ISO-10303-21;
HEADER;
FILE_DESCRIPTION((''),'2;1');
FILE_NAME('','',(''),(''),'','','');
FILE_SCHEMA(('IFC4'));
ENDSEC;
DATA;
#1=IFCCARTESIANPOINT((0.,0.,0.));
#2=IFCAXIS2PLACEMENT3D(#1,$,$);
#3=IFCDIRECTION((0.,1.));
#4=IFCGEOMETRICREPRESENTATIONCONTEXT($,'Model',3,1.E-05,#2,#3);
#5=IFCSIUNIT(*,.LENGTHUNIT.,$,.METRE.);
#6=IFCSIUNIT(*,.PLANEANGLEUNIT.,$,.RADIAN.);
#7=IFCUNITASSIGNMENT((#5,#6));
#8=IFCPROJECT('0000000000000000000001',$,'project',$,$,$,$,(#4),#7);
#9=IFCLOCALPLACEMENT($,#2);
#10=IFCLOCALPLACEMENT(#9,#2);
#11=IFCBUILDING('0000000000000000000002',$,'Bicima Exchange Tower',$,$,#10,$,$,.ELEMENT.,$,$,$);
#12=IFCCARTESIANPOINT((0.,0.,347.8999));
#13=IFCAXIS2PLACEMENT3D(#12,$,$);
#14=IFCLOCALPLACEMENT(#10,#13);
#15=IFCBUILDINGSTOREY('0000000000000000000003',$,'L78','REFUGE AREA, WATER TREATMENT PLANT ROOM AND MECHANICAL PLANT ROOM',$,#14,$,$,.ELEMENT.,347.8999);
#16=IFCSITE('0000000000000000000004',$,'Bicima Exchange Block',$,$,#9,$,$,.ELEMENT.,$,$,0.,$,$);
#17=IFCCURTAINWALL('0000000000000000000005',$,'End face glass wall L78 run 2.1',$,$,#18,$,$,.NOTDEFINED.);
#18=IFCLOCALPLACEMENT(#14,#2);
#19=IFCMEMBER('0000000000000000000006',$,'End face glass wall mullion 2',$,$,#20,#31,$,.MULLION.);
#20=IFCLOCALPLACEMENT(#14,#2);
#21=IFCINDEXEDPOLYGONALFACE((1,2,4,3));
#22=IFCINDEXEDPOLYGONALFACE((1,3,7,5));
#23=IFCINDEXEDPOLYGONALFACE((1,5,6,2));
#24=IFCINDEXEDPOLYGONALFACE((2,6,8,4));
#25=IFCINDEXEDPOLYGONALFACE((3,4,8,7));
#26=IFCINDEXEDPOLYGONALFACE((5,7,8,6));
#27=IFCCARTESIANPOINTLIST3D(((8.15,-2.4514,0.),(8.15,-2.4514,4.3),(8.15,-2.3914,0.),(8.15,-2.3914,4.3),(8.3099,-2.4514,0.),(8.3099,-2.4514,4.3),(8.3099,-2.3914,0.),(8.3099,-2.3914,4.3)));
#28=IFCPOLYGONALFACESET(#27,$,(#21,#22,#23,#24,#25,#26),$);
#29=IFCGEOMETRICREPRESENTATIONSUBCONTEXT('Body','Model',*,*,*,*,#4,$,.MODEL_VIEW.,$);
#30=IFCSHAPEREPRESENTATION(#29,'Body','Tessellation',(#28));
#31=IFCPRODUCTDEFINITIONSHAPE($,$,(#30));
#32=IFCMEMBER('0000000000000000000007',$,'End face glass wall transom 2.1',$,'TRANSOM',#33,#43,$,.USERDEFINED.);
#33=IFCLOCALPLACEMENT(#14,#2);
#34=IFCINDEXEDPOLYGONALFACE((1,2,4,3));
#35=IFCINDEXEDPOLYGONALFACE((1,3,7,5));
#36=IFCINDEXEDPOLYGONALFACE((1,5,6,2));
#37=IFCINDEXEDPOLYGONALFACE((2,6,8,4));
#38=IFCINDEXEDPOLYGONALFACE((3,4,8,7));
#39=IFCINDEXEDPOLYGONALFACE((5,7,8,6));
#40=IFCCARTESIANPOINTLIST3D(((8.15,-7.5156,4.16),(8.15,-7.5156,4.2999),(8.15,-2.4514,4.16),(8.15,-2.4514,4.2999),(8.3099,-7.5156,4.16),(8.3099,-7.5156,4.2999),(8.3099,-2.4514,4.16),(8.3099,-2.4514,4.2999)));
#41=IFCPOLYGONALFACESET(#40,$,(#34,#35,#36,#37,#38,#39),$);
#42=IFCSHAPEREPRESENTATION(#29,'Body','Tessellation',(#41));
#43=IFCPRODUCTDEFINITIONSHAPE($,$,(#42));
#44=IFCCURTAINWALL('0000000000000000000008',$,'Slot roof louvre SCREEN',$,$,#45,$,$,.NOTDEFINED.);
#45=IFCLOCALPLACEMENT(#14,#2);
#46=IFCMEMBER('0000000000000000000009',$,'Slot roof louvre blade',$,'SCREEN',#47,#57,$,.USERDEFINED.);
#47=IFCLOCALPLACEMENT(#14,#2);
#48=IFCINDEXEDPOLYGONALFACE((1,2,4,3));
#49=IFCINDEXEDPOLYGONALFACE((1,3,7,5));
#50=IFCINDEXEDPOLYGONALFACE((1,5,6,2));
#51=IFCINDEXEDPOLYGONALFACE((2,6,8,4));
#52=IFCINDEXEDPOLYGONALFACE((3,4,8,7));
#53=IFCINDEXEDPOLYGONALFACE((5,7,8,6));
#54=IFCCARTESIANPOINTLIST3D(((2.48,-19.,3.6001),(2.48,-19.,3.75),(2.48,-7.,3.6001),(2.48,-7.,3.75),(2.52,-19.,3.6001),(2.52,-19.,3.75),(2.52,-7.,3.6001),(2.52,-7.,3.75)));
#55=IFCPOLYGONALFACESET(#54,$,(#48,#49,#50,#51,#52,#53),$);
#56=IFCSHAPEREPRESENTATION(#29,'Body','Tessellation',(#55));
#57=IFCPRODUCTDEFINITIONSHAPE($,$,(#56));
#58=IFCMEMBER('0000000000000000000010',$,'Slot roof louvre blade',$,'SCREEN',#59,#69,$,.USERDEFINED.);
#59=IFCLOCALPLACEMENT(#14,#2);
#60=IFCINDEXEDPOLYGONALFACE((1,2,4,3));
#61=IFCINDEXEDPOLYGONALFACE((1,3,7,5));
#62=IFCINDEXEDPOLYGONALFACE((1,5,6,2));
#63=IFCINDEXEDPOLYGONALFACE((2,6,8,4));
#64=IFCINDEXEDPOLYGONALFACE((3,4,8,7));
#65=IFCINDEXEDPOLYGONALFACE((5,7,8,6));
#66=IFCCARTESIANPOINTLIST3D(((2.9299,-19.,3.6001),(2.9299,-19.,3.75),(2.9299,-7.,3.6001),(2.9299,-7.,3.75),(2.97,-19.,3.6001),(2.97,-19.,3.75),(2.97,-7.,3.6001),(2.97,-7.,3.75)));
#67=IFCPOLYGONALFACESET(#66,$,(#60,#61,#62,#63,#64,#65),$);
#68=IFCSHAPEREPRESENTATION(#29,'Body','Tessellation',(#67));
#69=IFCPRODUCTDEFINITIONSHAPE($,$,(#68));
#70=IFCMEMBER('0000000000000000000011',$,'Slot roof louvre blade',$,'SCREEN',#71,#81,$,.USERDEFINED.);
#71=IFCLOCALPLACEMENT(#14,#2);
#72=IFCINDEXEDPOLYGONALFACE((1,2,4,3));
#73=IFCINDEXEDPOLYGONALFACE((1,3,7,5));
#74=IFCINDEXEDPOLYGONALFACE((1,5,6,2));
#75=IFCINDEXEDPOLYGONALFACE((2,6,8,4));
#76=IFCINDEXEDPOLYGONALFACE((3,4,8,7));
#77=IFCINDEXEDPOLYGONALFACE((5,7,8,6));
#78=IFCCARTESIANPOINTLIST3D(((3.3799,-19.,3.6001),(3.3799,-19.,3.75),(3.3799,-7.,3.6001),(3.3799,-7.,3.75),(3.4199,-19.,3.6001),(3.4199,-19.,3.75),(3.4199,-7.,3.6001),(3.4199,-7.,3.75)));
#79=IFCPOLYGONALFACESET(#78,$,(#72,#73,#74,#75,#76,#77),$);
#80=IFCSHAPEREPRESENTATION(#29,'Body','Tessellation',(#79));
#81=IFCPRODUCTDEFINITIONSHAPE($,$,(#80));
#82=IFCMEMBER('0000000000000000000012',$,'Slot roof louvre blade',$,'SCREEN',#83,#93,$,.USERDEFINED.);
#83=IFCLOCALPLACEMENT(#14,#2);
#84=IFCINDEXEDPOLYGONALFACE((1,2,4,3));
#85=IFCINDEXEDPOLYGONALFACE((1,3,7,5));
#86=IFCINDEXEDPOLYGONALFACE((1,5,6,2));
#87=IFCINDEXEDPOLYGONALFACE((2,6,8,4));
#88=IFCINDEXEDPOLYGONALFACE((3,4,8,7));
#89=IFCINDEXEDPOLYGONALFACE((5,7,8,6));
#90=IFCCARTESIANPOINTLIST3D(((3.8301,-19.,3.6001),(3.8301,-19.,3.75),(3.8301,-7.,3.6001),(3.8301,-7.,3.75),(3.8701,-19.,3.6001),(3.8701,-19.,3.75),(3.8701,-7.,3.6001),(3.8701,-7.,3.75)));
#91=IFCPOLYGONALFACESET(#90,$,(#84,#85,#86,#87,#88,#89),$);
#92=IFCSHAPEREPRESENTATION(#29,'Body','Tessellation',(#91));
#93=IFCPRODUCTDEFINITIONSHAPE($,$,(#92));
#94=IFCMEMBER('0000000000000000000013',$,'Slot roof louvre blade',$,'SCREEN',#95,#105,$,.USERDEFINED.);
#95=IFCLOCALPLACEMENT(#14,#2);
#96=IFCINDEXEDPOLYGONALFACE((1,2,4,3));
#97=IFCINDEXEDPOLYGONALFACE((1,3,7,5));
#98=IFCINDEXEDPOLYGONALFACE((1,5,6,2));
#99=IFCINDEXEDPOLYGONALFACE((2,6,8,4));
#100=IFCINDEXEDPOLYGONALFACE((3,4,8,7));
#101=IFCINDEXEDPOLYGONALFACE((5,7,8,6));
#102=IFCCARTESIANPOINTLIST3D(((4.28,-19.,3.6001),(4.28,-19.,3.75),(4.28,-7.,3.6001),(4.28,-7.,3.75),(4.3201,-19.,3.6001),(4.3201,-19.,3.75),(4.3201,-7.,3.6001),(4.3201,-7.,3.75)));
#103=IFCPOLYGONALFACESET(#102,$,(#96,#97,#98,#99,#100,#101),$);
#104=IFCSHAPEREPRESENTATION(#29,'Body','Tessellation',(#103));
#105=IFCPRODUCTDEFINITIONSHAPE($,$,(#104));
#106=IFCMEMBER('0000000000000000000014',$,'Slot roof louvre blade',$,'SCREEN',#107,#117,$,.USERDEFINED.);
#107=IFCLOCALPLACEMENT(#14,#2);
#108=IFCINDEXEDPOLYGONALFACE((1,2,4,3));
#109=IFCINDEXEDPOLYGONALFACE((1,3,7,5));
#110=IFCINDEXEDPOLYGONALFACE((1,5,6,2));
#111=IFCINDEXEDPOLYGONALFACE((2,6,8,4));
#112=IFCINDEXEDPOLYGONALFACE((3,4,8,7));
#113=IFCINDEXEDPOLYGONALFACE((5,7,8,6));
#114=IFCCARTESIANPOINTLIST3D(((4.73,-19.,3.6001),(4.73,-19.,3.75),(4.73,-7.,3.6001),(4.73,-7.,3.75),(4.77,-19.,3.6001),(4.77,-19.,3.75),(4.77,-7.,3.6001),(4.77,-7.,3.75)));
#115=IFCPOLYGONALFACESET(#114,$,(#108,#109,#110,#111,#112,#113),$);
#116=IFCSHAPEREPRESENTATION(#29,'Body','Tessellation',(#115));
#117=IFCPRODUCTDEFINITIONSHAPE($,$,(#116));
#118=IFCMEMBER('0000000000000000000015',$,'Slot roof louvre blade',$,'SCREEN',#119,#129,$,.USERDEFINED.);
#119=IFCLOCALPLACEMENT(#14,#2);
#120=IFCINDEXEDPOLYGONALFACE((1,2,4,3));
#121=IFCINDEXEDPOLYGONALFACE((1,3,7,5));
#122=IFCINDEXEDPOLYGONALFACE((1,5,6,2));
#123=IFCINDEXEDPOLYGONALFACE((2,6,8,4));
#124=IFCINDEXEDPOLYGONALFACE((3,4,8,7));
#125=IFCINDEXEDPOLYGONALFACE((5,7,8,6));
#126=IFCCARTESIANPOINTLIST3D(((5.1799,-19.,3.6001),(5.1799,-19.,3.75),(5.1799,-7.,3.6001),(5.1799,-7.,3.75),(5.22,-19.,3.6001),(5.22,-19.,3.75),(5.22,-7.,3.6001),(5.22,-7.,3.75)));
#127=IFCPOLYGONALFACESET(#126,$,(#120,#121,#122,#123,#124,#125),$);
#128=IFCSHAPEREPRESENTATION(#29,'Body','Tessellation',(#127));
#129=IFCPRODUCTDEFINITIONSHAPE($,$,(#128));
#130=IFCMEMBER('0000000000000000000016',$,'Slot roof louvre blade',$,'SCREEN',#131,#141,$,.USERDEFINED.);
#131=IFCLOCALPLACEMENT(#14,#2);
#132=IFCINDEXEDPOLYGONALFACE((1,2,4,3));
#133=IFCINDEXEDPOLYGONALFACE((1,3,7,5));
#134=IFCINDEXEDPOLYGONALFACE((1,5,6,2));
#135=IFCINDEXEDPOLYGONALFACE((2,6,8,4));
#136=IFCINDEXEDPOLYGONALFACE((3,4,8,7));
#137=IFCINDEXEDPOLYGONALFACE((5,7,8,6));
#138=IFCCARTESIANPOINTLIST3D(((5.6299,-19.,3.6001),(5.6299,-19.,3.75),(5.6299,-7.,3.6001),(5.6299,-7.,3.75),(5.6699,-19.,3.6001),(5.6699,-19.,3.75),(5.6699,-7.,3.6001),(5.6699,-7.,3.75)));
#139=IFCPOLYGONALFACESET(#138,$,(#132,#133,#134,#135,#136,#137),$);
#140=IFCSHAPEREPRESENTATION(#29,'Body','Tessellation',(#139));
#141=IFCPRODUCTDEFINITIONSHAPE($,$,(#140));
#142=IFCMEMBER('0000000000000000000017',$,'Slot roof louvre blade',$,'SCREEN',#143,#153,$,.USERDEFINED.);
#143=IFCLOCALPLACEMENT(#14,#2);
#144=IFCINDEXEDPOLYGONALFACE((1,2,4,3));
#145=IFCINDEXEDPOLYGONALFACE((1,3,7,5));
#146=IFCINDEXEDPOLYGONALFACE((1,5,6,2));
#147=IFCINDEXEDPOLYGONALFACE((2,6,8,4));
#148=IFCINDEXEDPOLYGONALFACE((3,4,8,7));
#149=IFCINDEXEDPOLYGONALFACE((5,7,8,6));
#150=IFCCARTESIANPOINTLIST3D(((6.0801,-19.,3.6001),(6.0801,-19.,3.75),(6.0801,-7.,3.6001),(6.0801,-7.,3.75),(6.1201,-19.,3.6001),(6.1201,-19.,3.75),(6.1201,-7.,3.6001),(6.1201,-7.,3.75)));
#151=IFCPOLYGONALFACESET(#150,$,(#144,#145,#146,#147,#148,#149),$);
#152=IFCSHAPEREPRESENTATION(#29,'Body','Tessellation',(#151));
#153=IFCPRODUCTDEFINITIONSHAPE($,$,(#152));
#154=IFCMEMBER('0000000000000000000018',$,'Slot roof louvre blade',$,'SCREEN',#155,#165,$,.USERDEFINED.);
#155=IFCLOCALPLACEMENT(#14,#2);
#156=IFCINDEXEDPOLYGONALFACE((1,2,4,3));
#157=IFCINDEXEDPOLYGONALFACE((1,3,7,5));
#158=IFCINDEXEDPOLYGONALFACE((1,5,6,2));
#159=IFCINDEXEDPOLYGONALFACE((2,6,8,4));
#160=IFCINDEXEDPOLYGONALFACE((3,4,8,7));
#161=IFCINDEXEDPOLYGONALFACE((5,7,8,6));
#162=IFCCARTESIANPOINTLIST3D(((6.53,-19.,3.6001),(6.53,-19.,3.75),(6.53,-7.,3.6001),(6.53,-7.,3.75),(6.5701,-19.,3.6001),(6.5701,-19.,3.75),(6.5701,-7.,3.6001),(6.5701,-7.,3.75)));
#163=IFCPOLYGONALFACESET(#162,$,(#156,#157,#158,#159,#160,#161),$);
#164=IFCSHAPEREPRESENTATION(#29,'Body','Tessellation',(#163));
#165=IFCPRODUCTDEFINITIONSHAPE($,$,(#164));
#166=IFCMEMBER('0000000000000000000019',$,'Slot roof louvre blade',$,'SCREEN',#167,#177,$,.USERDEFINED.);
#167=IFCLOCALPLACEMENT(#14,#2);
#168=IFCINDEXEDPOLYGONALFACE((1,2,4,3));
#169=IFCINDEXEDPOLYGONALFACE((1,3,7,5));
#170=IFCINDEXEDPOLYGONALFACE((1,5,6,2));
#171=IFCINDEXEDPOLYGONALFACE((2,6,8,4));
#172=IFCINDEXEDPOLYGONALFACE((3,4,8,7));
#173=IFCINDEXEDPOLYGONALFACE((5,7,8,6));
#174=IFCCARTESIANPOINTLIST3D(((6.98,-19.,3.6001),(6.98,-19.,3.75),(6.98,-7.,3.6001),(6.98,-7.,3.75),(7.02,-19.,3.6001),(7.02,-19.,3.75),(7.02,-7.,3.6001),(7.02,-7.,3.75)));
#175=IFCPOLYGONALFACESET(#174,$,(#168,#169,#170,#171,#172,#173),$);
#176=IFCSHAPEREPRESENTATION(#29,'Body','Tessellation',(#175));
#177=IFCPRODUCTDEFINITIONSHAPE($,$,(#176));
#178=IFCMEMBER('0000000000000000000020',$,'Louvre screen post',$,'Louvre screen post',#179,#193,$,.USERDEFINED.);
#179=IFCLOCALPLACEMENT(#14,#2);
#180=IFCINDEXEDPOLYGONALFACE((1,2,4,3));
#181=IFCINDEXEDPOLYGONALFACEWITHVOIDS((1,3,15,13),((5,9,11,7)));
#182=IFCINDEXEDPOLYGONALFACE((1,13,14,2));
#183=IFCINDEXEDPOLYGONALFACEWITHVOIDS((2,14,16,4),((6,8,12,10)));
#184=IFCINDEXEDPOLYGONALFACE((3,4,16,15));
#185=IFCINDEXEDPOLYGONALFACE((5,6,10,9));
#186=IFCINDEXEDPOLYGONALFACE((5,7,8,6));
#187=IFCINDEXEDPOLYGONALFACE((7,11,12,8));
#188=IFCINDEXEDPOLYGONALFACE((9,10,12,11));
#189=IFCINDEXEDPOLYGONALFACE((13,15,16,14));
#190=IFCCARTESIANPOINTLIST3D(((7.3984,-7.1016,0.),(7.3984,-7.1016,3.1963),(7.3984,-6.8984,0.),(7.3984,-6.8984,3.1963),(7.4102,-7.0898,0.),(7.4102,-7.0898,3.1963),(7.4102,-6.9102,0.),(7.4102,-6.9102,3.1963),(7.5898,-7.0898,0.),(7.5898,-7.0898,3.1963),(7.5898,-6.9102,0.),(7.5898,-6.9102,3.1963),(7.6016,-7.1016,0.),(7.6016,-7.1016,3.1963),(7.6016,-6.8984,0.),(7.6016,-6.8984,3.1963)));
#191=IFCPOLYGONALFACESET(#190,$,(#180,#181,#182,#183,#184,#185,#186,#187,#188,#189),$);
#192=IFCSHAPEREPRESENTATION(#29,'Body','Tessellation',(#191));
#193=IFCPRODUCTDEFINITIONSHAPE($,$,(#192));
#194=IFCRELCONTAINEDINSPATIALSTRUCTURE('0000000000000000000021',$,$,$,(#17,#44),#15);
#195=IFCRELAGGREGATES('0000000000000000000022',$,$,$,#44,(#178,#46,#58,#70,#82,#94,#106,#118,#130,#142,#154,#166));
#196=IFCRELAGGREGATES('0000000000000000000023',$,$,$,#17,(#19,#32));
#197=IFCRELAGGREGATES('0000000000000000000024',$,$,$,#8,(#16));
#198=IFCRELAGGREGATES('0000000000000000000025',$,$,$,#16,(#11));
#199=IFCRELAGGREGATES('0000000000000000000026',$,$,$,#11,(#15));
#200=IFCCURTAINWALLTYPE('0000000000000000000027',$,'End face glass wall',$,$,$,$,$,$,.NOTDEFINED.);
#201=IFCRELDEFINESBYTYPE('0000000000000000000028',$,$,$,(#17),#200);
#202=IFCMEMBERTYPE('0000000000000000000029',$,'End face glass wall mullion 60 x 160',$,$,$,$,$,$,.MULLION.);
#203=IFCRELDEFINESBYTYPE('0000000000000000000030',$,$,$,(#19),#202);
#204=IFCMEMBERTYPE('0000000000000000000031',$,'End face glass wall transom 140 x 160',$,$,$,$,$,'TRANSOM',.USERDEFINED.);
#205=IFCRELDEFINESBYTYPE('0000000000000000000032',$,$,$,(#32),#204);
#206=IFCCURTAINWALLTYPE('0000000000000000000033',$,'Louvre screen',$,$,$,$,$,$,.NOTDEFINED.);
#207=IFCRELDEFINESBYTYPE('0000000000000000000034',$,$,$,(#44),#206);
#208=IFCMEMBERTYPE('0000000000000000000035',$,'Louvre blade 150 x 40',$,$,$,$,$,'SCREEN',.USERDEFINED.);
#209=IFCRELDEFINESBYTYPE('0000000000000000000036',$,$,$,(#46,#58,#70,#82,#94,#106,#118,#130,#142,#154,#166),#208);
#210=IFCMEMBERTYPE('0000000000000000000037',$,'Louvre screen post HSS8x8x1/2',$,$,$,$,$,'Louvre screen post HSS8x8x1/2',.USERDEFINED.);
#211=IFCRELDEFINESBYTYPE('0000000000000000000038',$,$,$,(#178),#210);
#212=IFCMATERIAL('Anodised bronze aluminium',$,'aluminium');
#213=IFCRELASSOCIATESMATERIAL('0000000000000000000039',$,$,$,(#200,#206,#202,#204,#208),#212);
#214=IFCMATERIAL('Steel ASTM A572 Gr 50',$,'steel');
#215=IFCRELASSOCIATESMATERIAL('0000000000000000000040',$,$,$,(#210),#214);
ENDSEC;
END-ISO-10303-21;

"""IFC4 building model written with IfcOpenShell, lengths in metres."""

from ifc_helpers import new_model, si_unit, direction, frame, origin, origin_2d, place, context, subcontext, project, spatial, rectangle, hollow_rectangle, extrude, material, material_profile, profile_set, type_object, element, aggregate, save


model = new_model("IFC4")

# Units and contexts
model_context = context("Model", 3, precision=1e-05, world=origin(), true_north=direction((0.0, 1.0)))
body_context = subcontext(model_context, "Body", "Model", "MODEL_VIEW")
ifc_project = project(units=[si_unit("LENGTHUNIT", "METRE"), si_unit("PLANEANGLEUNIT", "RADIAN")], contexts=[model_context])

# Site, building, storey
site_placement = place(None, origin())
site = spatial("IfcSite", under=ifc_project, at=site_placement, Name="Bicima Exchange Block", CompositionType="ELEMENT", RefElevation=0.0)
building_placement = place(site_placement, origin())
building = spatial("IfcBuilding", under=site, at=building_placement, Name="Bicima Exchange Tower", CompositionType="ELEMENT")
storey_placement = place(building_placement, frame((0.0, 0.0, 347.8999)))
storey = spatial("IfcBuildingStorey", under=building, at=storey_placement, Name="L78", Description="REFUGE AREA, WATER TREATMENT PLANT ROOM AND MECHANICAL PLANT ROOM", CompositionType="ELEMENT", Elevation=347.8999)

# Curtain walls, members
ifc_material_1 = material(Name="Anodised bronze aluminium", Category="aluminium")
curtain_wall_type_1 = type_object("IfcCurtainWallType", Name="End face glass wall", PredefinedType="NOTDEFINED", material=ifc_material_1)
curtain_wall_1_placement = place(storey_placement, origin())
curtain_wall_1 = element("IfcCurtainWall", 1, at=curtain_wall_1_placement, inside=storey, type_object=curtain_wall_type_1, Name="End face glass wall L78 run 2.1", PredefinedType="NOTDEFINED")
ifc_material_profile_1 = material_profile(ifc_material_1, rectangle(XDim=0.1599, YDim=0.0601, at=origin_2d()))
ifc_profile_set_1 = profile_set([ifc_material_profile_1], Name="Anodised bronze aluminium")
member_type_1 = type_object("IfcMemberType", Name="End face glass wall mullion 60 x 160", PredefinedType="MULLION", material=ifc_profile_set_1)
member_1_placement = place(storey_placement, frame((8.23, -2.4214, 0.0), z_axis=(0.0, 0.0, 1.0), x_axis=(1.0, 0.0, 0.0)))
member_1 = element("IfcMember", 2, at=member_1_placement, type_object=member_type_1, Name="End face glass wall mullion 2", PredefinedType="MULLION", context=body_context, shape_type="SweptSolid", body=[
    extrude(rectangle(XDim=0.1599, YDim=0.0601, at=origin_2d()), origin(), (0.0, 0.0, 1.0), 4.3),
])
ifc_material_profile_2 = material_profile(ifc_material_1, rectangle(XDim=0.1599, YDim=0.1399, at=origin_2d()))
ifc_profile_set_2 = profile_set([ifc_material_profile_2], Name="Anodised bronze aluminium")
member_type_2 = type_object("IfcMemberType", Name="End face glass wall transom 140 x 160", ElementType="TRANSOM", PredefinedType="USERDEFINED", material=ifc_profile_set_2)
member_2_placement = place(storey_placement, frame((8.23, -2.4514, 4.23), z_axis=(0.0, -1.0, 0.0), x_axis=(1.0, 0.0, 0.0)))
member_2 = element("IfcMember", 3, at=member_2_placement, type_object=member_type_2, Name="End face glass wall transom 2.1", ObjectType="TRANSOM", PredefinedType="USERDEFINED", context=body_context, shape_type="SweptSolid", body=[
    extrude(rectangle(XDim=0.1599, YDim=0.1399, at=origin_2d()), origin(), (0.0, 0.0, 1.0), 5.0642),
])
curtain_wall_type_2 = type_object("IfcCurtainWallType", Name="Louvre screen", PredefinedType="NOTDEFINED", material=ifc_material_1)
curtain_wall_2_placement = place(storey_placement, origin())
curtain_wall_2 = element("IfcCurtainWall", 4, at=curtain_wall_2_placement, inside=storey, type_object=curtain_wall_type_2, Name="Slot roof louvre SCREEN", PredefinedType="NOTDEFINED")
ifc_material_profile_3 = material_profile(ifc_material_1, rectangle(XDim=0.04, YDim=0.1499, at=origin_2d()))
ifc_profile_set_3 = profile_set([ifc_material_profile_3], Name="Anodised bronze aluminium")
member_type_3 = type_object("IfcMemberType", Name="Louvre blade 150 x 40", ElementType="SCREEN", PredefinedType="USERDEFINED", material=ifc_profile_set_3)
member_3_placement = place(storey_placement, frame((2.5, -7.0, 3.675), z_axis=(0.0, -1.0, 0.0), x_axis=(1.0, 0.0, 0.0)))
member_3 = element("IfcMember", 5, at=member_3_placement, type_object=member_type_3, Name="Slot roof louvre blade", ObjectType="SCREEN", PredefinedType="USERDEFINED", context=body_context, shape_type="SweptSolid", body=[
    extrude(rectangle(XDim=0.04, YDim=0.1499, at=origin_2d()), origin(), (0.0, 0.0, 1.0), 12.0),
])
member_4_placement = place(storey_placement, frame((2.95, -7.0, 3.675), z_axis=(0.0, -1.0, 0.0), x_axis=(1.0, 0.0, 0.0)))
member_4 = element("IfcMember", 6, at=member_4_placement, type_object=member_type_3, Name="Slot roof louvre blade", ObjectType="SCREEN", PredefinedType="USERDEFINED", context=body_context, shape_type="SweptSolid", body=[
    extrude(rectangle(XDim=0.04, YDim=0.1499, at=origin_2d()), origin(), (0.0, 0.0, 1.0), 12.0),
])
member_5_placement = place(storey_placement, frame((3.3999, -7.0, 3.675), z_axis=(0.0, -1.0, 0.0), x_axis=(1.0, 0.0, 0.0)))
member_5 = element("IfcMember", 7, at=member_5_placement, type_object=member_type_3, Name="Slot roof louvre blade", ObjectType="SCREEN", PredefinedType="USERDEFINED", context=body_context, shape_type="SweptSolid", body=[
    extrude(rectangle(XDim=0.04, YDim=0.1499, at=origin_2d()), origin(), (0.0, 0.0, 1.0), 12.0),
])
member_6_placement = place(storey_placement, frame((3.8501, -7.0, 3.675), z_axis=(0.0, -1.0, 0.0), x_axis=(1.0, 0.0, 0.0)))
member_6 = element("IfcMember", 8, at=member_6_placement, type_object=member_type_3, Name="Slot roof louvre blade", ObjectType="SCREEN", PredefinedType="USERDEFINED", context=body_context, shape_type="SweptSolid", body=[
    extrude(rectangle(XDim=0.04, YDim=0.1499, at=origin_2d()), origin(), (0.0, 0.0, 1.0), 12.0),
])
member_7_placement = place(storey_placement, frame((4.3, -7.0, 3.675), z_axis=(0.0, -1.0, 0.0), x_axis=(1.0, 0.0, 0.0)))
member_7 = element("IfcMember", 9, at=member_7_placement, type_object=member_type_3, Name="Slot roof louvre blade", ObjectType="SCREEN", PredefinedType="USERDEFINED", context=body_context, shape_type="SweptSolid", body=[
    extrude(rectangle(XDim=0.04, YDim=0.1499, at=origin_2d()), origin(), (0.0, 0.0, 1.0), 12.0),
])
member_8_placement = place(storey_placement, frame((4.75, -7.0, 3.675), z_axis=(0.0, -1.0, 0.0), x_axis=(1.0, 0.0, 0.0)))
member_8 = element("IfcMember", 10, at=member_8_placement, type_object=member_type_3, Name="Slot roof louvre blade", ObjectType="SCREEN", PredefinedType="USERDEFINED", context=body_context, shape_type="SweptSolid", body=[
    extrude(rectangle(XDim=0.04, YDim=0.1499, at=origin_2d()), origin(), (0.0, 0.0, 1.0), 12.0),
])
member_9_placement = place(storey_placement, frame((5.2, -7.0, 3.675), z_axis=(0.0, -1.0, 0.0), x_axis=(1.0, 0.0, 0.0)))
member_9 = element("IfcMember", 11, at=member_9_placement, type_object=member_type_3, Name="Slot roof louvre blade", ObjectType="SCREEN", PredefinedType="USERDEFINED", context=body_context, shape_type="SweptSolid", body=[
    extrude(rectangle(XDim=0.04, YDim=0.1499, at=origin_2d()), origin(), (0.0, 0.0, 1.0), 12.0),
])
member_10_placement = place(storey_placement, frame((5.6499, -7.0, 3.675), z_axis=(0.0, -1.0, 0.0), x_axis=(1.0, 0.0, 0.0)))
member_10 = element("IfcMember", 12, at=member_10_placement, type_object=member_type_3, Name="Slot roof louvre blade", ObjectType="SCREEN", PredefinedType="USERDEFINED", context=body_context, shape_type="SweptSolid", body=[
    extrude(rectangle(XDim=0.04, YDim=0.1499, at=origin_2d()), origin(), (0.0, 0.0, 1.0), 12.0),
])
member_11_placement = place(storey_placement, frame((6.1001, -7.0, 3.675), z_axis=(0.0, -1.0, 0.0), x_axis=(1.0, 0.0, 0.0)))
member_11 = element("IfcMember", 13, at=member_11_placement, type_object=member_type_3, Name="Slot roof louvre blade", ObjectType="SCREEN", PredefinedType="USERDEFINED", context=body_context, shape_type="SweptSolid", body=[
    extrude(rectangle(XDim=0.04, YDim=0.1499, at=origin_2d()), origin(), (0.0, 0.0, 1.0), 12.0),
])
member_12_placement = place(storey_placement, frame((6.55, -7.0, 3.675), z_axis=(0.0, -1.0, 0.0), x_axis=(1.0, 0.0, 0.0)))
member_12 = element("IfcMember", 14, at=member_12_placement, type_object=member_type_3, Name="Slot roof louvre blade", ObjectType="SCREEN", PredefinedType="USERDEFINED", context=body_context, shape_type="SweptSolid", body=[
    extrude(rectangle(XDim=0.04, YDim=0.1499, at=origin_2d()), origin(), (0.0, 0.0, 1.0), 12.0),
])
member_13_placement = place(storey_placement, frame((7.0, -7.0, 3.675), z_axis=(0.0, -1.0, 0.0), x_axis=(1.0, 0.0, 0.0)))
member_13 = element("IfcMember", 15, at=member_13_placement, type_object=member_type_3, Name="Slot roof louvre blade", ObjectType="SCREEN", PredefinedType="USERDEFINED", context=body_context, shape_type="SweptSolid", body=[
    extrude(rectangle(XDim=0.04, YDim=0.1499, at=origin_2d()), origin(), (0.0, 0.0, 1.0), 12.0),
])
ifc_material_2 = material(Name="Steel ASTM A572 Gr 50", Category="steel")
ifc_material_profile_4 = material_profile(ifc_material_2, hollow_rectangle(XDim=0.2031, YDim=0.2031, WallThickness=0.0117, at=origin_2d()))
ifc_profile_set_4 = profile_set([ifc_material_profile_4], Name="Steel ASTM A572 Gr 50")
member_type_4 = type_object("IfcMemberType", Name="Louvre screen post HSS8x8x1/2", ElementType="Louvre screen post HSS8x8x1/2", PredefinedType="USERDEFINED", material=ifc_profile_set_4)
member_14_placement = place(storey_placement, frame((7.5, -7.0, 0.0), z_axis=(0.0, 0.0, 1.0), x_axis=(1.0, 0.0, 0.0)))
member_14 = element("IfcMember", 16, at=member_14_placement, type_object=member_type_4, Name="Louvre screen post", ObjectType="Louvre screen post", PredefinedType="USERDEFINED", context=body_context, shape_type="SweptSolid", body=[
    extrude(hollow_rectangle(XDim=0.2031, YDim=0.2031, WallThickness=0.0117, at=origin_2d()), origin(), (0.0, 0.0, 1.0), 3.1963),
])
aggregate(curtain_wall_2, [member_14, member_3, member_4, member_5, member_6, member_7, member_8, member_9, member_10, member_11, member_12, member_13])

aggregate(curtain_wall_1, [member_1, member_2])

save(model, "model.ifc")
